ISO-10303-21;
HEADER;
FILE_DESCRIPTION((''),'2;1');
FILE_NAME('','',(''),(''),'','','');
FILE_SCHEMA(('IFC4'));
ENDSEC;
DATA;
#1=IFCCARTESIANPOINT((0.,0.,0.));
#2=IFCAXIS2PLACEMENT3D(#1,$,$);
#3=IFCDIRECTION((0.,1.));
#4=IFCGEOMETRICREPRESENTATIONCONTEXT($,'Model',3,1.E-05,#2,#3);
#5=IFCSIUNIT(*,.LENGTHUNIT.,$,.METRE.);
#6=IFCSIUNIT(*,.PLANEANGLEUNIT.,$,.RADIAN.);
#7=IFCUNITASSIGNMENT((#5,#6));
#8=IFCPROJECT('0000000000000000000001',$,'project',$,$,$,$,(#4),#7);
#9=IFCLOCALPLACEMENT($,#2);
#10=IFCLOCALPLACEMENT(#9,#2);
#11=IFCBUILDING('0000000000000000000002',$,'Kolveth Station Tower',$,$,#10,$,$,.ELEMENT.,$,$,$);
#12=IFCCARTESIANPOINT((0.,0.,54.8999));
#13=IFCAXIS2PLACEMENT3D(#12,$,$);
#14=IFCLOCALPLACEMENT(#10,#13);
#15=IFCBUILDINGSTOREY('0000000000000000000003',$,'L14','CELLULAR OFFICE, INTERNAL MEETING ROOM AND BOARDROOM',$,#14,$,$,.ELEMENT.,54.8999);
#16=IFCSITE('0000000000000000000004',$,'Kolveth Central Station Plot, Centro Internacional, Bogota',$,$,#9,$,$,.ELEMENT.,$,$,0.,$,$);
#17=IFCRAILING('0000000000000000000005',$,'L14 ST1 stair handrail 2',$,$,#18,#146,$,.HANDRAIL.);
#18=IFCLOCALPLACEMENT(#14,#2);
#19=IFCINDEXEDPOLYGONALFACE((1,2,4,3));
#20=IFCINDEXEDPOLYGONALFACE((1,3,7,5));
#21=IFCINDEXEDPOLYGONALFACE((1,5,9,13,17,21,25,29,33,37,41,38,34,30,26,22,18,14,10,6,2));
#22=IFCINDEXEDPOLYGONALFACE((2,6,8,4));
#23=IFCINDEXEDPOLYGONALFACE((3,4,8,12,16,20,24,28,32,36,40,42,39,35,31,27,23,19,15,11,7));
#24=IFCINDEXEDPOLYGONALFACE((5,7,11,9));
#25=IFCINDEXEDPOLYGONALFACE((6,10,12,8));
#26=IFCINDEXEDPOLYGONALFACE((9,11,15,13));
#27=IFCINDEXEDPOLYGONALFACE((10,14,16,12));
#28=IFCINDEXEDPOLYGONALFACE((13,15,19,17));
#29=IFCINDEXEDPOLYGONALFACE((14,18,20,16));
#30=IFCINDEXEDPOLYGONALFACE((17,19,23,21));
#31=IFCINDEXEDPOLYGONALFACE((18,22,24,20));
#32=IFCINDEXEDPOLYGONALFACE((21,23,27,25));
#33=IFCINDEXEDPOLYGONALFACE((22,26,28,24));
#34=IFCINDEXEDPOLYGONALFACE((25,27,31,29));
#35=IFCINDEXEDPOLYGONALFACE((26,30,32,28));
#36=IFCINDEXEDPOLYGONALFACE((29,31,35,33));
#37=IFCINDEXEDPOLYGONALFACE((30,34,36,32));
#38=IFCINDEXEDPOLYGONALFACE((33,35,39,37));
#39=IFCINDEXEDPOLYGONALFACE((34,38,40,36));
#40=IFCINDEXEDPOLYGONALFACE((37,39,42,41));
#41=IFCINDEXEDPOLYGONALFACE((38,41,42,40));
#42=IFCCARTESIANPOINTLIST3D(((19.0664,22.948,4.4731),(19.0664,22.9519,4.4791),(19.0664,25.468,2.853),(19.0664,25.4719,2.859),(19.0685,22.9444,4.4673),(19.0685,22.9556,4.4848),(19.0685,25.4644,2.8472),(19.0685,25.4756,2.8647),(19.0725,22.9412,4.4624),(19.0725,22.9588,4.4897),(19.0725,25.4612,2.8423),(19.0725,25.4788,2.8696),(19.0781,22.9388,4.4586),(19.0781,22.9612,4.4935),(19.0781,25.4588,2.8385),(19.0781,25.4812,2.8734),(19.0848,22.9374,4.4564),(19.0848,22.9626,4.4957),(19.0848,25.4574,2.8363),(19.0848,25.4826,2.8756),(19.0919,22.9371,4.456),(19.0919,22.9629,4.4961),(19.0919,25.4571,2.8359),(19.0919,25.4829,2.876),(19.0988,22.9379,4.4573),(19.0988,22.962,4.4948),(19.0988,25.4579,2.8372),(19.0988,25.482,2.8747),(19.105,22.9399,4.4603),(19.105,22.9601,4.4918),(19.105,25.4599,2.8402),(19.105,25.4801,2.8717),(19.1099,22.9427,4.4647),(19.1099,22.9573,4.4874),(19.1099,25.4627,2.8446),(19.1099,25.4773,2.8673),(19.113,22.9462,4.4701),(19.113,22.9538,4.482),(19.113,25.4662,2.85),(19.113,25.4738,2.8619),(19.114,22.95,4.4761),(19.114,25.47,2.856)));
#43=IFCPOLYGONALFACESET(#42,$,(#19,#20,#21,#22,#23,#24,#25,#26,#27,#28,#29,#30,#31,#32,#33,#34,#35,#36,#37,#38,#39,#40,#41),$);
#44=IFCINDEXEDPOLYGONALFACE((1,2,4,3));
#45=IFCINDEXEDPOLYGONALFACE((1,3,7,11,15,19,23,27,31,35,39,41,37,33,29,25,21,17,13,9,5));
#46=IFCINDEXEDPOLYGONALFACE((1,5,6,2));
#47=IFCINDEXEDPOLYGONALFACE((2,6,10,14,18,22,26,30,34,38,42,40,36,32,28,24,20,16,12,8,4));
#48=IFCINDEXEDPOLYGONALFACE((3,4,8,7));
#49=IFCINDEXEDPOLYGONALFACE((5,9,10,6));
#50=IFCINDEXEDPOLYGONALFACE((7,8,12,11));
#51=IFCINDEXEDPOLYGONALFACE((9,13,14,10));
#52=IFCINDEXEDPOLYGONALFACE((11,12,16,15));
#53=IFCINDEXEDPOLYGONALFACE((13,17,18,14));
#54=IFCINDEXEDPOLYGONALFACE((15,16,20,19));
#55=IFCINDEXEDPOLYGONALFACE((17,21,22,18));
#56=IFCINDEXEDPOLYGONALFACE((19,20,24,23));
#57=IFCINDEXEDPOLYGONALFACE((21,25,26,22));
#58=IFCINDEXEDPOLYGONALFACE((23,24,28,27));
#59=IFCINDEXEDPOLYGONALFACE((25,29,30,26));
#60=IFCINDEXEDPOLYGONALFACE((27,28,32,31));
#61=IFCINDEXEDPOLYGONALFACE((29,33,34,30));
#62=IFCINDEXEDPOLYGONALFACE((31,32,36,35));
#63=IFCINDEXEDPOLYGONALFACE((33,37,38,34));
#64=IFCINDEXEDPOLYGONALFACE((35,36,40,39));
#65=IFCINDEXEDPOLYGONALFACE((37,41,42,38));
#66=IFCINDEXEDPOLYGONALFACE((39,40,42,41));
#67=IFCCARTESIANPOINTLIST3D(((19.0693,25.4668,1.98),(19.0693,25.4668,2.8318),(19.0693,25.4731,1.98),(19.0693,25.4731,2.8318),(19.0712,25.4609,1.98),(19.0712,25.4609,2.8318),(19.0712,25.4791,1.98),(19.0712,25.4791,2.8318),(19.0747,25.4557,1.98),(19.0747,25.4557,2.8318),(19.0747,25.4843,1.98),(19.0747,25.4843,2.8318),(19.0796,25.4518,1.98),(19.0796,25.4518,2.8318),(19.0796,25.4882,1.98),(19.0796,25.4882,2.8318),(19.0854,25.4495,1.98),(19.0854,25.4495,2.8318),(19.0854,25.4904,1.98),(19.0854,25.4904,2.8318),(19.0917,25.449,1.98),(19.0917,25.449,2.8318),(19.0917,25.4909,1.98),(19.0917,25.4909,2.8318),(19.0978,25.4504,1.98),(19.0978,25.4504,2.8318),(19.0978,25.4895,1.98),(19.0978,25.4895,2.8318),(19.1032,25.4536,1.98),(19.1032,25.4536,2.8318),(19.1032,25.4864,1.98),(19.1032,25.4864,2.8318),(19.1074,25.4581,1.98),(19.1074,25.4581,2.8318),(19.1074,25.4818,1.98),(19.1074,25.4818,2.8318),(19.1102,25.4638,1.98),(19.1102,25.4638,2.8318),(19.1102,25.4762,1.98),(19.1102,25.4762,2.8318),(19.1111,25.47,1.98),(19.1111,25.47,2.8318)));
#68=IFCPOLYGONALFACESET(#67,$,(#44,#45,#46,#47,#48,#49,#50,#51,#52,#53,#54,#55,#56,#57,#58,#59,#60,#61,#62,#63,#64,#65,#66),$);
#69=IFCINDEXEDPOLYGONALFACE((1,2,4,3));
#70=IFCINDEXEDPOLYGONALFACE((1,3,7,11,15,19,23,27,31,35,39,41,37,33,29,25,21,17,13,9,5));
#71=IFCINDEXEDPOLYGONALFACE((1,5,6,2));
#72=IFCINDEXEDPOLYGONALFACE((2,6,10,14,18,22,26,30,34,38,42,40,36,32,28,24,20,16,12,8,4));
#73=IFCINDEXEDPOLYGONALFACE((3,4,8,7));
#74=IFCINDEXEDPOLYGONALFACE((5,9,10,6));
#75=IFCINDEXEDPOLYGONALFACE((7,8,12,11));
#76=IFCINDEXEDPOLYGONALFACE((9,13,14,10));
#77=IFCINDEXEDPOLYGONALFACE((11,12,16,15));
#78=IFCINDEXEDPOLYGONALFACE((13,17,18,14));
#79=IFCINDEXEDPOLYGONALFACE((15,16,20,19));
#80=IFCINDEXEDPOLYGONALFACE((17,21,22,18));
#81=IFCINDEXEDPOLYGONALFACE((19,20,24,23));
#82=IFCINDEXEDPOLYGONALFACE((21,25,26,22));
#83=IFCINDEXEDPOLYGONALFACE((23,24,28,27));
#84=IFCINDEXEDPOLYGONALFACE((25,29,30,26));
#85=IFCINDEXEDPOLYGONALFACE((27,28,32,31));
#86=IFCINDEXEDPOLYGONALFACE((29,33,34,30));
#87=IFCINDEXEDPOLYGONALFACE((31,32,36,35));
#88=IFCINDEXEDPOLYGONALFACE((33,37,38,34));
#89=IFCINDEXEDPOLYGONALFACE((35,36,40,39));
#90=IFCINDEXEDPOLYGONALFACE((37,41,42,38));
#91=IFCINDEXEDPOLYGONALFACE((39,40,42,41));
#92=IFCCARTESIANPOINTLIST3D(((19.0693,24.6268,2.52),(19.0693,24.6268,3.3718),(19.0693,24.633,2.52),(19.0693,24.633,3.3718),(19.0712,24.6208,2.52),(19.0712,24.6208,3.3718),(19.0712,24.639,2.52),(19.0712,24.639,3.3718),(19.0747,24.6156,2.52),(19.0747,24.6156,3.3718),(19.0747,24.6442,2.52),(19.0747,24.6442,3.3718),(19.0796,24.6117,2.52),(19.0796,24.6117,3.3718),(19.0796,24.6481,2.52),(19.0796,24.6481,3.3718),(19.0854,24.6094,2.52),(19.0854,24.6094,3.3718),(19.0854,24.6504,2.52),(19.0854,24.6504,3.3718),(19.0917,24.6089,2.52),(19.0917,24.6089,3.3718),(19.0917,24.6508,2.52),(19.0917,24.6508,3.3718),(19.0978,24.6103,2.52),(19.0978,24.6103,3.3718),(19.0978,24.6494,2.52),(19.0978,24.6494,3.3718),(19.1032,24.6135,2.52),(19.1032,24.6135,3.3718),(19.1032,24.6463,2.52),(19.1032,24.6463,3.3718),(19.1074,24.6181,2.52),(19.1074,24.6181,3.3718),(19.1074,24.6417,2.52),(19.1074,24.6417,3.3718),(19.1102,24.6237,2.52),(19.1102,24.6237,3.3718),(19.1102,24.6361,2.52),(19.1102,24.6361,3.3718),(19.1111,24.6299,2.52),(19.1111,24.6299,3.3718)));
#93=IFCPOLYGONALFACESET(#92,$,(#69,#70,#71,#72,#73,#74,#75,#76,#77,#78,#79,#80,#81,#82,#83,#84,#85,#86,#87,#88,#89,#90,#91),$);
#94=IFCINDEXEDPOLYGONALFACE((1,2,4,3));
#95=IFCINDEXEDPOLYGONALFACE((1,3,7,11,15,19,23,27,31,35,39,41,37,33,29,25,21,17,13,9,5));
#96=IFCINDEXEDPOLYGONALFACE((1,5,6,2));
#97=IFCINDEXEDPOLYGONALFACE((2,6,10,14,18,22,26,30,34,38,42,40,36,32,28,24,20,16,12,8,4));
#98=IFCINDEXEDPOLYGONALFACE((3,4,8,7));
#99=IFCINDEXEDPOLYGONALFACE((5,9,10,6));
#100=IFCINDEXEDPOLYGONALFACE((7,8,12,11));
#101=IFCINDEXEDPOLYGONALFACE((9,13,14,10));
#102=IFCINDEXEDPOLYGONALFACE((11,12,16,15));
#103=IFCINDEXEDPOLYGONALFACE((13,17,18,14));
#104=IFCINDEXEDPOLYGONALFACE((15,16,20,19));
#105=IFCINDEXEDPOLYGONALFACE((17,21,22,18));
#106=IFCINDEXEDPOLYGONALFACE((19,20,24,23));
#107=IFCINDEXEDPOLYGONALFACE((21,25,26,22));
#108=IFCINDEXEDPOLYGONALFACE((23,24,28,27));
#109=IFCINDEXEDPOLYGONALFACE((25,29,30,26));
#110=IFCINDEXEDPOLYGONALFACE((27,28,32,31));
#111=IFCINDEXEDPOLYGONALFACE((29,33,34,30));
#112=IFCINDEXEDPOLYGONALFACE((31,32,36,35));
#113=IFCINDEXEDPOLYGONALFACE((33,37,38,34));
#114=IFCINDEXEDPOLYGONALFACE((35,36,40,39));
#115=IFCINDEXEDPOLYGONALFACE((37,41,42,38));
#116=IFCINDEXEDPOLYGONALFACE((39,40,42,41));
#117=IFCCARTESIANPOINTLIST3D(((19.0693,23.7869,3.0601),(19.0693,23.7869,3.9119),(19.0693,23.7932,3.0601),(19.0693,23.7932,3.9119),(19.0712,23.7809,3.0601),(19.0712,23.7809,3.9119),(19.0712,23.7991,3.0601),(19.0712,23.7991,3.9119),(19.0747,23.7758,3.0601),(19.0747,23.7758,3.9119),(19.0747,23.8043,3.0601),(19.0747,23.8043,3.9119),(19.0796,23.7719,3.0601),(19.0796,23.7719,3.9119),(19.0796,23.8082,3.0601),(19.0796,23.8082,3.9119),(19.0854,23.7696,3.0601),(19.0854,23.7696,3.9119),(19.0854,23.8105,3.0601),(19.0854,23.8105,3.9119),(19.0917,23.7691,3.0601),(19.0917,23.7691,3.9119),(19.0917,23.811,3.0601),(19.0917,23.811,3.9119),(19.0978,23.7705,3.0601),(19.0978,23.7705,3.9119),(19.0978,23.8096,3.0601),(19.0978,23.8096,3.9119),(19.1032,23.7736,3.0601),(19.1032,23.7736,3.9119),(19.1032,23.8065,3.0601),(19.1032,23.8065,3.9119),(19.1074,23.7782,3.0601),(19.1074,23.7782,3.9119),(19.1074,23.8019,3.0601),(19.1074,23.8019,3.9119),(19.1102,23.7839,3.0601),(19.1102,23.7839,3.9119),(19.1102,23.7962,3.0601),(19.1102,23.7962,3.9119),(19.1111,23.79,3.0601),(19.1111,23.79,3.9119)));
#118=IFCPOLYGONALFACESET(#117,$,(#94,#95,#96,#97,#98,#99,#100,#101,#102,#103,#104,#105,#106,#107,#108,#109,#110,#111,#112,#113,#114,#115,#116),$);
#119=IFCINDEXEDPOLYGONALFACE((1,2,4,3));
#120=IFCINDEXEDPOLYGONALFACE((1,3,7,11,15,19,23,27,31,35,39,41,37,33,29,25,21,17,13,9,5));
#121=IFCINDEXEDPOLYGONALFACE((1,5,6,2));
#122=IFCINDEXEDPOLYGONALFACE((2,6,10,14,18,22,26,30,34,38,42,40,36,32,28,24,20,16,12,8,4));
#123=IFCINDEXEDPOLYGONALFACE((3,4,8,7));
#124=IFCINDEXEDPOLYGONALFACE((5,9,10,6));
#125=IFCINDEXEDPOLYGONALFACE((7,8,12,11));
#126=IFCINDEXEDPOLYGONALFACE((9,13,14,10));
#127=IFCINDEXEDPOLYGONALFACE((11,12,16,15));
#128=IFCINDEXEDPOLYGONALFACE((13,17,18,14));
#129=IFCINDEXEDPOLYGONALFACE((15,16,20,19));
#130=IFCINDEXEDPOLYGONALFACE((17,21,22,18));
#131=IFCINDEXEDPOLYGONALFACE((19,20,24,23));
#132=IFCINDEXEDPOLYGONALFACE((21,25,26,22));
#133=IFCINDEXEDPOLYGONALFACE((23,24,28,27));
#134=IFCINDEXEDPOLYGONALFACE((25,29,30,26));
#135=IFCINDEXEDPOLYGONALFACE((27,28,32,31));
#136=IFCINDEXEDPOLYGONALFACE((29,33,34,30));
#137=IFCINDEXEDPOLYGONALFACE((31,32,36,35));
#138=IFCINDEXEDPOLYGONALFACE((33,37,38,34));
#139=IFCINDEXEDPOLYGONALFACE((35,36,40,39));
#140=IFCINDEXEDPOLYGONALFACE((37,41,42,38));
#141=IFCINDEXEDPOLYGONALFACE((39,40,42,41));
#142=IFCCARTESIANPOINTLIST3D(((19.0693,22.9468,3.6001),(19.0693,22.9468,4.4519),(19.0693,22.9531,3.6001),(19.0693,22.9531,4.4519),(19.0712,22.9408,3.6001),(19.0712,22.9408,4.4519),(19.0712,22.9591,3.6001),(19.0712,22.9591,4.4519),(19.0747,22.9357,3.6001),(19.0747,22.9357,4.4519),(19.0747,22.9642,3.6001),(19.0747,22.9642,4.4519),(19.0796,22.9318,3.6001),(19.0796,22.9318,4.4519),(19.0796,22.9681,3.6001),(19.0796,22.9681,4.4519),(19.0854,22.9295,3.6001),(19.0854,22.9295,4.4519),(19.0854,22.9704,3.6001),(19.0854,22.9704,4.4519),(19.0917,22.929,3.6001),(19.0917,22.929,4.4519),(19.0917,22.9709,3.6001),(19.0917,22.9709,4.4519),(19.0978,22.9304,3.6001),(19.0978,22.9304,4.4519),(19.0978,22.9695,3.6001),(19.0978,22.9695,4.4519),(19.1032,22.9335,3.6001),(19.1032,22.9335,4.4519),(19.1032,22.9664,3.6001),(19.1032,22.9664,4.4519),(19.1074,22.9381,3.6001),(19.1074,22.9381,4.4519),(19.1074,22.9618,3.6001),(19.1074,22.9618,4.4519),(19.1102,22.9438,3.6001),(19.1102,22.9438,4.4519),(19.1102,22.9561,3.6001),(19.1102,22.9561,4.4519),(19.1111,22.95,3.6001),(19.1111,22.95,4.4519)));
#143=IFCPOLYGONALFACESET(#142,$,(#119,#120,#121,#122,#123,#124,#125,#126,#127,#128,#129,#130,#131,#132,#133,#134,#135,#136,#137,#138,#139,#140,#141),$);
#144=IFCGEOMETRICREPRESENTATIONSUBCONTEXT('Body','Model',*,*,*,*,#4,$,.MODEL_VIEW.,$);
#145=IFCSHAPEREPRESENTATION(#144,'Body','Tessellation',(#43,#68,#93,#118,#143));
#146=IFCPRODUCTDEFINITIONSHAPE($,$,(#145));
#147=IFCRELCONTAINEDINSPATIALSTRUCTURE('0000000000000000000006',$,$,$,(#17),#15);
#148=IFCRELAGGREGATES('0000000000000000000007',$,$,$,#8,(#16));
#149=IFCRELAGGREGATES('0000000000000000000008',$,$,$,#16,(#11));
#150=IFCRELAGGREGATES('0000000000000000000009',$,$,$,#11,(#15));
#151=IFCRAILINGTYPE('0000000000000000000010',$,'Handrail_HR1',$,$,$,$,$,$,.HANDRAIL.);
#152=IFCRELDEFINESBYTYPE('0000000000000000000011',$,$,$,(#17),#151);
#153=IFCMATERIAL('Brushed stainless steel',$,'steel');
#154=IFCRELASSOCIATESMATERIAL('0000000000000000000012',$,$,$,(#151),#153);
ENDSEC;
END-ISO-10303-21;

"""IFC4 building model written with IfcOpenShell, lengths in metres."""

from ifc_helpers import new_model, si_unit, direction, frame, origin, origin_2d, place, context, subcontext, project, spatial, circle, extrude, material, type_object, element, save


model = new_model("IFC4")

# Units and contexts
model_context = context("Model", 3, precision=1e-05, world=origin(), true_north=direction((0.0, 1.0)))
body_context = subcontext(model_context, "Body", "Model", "MODEL_VIEW")
ifc_project = project(units=[si_unit("LENGTHUNIT", "METRE"), si_unit("PLANEANGLEUNIT", "RADIAN")], contexts=[model_context])

# Site, building, storey
site_placement = place(None, origin())
site = spatial("IfcSite", under=ifc_project, at=site_placement, Name="Kolveth Central Station Plot, Centro Internacional, Bogota", CompositionType="ELEMENT", RefElevation=0.0)
building_placement = place(site_placement, origin())
building = spatial("IfcBuilding", under=site, at=building_placement, Name="Kolveth Station Tower", CompositionType="ELEMENT")
storey_placement = place(building_placement, frame((0.0, 0.0, 54.8999)))
storey = spatial("IfcBuildingStorey", under=building, at=storey_placement, Name="L14", Description="CELLULAR OFFICE, INTERNAL MEETING ROOM AND BOARDROOM", CompositionType="ELEMENT", Elevation=54.8999)

# Railing
ifc_material_1 = material(Name="Brushed stainless steel", Category="steel")
railing_type_1 = type_object("IfcRailingType", Name="Handrail_HR1", PredefinedType="HANDRAIL", material=ifc_material_1)
railing_1_placement = place(storey_placement, frame((19.0901, 25.47, 1.98)))
element("IfcRailing", 1, at=railing_1_placement, inside=storey, type_object=railing_type_1, Name="L14 ST1 stair handrail 2", PredefinedType="HANDRAIL", context=body_context, shape_type="SweptSolid", body=[
    extrude(circle(Radius=0.0239, at=origin_2d()), frame((0.0, 0.0, 0.876), z_axis=(0.0, -0.841163, 0.540782), x_axis=(1.0, 0.0, 0.0)), (0.0, 0.0, 1.0), 2.9958),
    extrude(circle(Radius=0.021, at=origin_2d()), origin(), (0.0, 0.0, 1.0), 0.8518),
    extrude(circle(Radius=0.021, at=origin_2d()), frame((0.0, -0.8401, 0.54)), (0.0, 0.0, 1.0), 0.8518),
    extrude(circle(Radius=0.021, at=origin_2d()), frame((0.0, -1.6799, 1.0801)), (0.0, 0.0, 1.0), 0.8518),
    extrude(circle(Radius=0.021, at=origin_2d()), frame((0.0, -2.52, 1.6201)), (0.0, 0.0, 1.0), 0.8518),
])

save(model, "model.ifc")
